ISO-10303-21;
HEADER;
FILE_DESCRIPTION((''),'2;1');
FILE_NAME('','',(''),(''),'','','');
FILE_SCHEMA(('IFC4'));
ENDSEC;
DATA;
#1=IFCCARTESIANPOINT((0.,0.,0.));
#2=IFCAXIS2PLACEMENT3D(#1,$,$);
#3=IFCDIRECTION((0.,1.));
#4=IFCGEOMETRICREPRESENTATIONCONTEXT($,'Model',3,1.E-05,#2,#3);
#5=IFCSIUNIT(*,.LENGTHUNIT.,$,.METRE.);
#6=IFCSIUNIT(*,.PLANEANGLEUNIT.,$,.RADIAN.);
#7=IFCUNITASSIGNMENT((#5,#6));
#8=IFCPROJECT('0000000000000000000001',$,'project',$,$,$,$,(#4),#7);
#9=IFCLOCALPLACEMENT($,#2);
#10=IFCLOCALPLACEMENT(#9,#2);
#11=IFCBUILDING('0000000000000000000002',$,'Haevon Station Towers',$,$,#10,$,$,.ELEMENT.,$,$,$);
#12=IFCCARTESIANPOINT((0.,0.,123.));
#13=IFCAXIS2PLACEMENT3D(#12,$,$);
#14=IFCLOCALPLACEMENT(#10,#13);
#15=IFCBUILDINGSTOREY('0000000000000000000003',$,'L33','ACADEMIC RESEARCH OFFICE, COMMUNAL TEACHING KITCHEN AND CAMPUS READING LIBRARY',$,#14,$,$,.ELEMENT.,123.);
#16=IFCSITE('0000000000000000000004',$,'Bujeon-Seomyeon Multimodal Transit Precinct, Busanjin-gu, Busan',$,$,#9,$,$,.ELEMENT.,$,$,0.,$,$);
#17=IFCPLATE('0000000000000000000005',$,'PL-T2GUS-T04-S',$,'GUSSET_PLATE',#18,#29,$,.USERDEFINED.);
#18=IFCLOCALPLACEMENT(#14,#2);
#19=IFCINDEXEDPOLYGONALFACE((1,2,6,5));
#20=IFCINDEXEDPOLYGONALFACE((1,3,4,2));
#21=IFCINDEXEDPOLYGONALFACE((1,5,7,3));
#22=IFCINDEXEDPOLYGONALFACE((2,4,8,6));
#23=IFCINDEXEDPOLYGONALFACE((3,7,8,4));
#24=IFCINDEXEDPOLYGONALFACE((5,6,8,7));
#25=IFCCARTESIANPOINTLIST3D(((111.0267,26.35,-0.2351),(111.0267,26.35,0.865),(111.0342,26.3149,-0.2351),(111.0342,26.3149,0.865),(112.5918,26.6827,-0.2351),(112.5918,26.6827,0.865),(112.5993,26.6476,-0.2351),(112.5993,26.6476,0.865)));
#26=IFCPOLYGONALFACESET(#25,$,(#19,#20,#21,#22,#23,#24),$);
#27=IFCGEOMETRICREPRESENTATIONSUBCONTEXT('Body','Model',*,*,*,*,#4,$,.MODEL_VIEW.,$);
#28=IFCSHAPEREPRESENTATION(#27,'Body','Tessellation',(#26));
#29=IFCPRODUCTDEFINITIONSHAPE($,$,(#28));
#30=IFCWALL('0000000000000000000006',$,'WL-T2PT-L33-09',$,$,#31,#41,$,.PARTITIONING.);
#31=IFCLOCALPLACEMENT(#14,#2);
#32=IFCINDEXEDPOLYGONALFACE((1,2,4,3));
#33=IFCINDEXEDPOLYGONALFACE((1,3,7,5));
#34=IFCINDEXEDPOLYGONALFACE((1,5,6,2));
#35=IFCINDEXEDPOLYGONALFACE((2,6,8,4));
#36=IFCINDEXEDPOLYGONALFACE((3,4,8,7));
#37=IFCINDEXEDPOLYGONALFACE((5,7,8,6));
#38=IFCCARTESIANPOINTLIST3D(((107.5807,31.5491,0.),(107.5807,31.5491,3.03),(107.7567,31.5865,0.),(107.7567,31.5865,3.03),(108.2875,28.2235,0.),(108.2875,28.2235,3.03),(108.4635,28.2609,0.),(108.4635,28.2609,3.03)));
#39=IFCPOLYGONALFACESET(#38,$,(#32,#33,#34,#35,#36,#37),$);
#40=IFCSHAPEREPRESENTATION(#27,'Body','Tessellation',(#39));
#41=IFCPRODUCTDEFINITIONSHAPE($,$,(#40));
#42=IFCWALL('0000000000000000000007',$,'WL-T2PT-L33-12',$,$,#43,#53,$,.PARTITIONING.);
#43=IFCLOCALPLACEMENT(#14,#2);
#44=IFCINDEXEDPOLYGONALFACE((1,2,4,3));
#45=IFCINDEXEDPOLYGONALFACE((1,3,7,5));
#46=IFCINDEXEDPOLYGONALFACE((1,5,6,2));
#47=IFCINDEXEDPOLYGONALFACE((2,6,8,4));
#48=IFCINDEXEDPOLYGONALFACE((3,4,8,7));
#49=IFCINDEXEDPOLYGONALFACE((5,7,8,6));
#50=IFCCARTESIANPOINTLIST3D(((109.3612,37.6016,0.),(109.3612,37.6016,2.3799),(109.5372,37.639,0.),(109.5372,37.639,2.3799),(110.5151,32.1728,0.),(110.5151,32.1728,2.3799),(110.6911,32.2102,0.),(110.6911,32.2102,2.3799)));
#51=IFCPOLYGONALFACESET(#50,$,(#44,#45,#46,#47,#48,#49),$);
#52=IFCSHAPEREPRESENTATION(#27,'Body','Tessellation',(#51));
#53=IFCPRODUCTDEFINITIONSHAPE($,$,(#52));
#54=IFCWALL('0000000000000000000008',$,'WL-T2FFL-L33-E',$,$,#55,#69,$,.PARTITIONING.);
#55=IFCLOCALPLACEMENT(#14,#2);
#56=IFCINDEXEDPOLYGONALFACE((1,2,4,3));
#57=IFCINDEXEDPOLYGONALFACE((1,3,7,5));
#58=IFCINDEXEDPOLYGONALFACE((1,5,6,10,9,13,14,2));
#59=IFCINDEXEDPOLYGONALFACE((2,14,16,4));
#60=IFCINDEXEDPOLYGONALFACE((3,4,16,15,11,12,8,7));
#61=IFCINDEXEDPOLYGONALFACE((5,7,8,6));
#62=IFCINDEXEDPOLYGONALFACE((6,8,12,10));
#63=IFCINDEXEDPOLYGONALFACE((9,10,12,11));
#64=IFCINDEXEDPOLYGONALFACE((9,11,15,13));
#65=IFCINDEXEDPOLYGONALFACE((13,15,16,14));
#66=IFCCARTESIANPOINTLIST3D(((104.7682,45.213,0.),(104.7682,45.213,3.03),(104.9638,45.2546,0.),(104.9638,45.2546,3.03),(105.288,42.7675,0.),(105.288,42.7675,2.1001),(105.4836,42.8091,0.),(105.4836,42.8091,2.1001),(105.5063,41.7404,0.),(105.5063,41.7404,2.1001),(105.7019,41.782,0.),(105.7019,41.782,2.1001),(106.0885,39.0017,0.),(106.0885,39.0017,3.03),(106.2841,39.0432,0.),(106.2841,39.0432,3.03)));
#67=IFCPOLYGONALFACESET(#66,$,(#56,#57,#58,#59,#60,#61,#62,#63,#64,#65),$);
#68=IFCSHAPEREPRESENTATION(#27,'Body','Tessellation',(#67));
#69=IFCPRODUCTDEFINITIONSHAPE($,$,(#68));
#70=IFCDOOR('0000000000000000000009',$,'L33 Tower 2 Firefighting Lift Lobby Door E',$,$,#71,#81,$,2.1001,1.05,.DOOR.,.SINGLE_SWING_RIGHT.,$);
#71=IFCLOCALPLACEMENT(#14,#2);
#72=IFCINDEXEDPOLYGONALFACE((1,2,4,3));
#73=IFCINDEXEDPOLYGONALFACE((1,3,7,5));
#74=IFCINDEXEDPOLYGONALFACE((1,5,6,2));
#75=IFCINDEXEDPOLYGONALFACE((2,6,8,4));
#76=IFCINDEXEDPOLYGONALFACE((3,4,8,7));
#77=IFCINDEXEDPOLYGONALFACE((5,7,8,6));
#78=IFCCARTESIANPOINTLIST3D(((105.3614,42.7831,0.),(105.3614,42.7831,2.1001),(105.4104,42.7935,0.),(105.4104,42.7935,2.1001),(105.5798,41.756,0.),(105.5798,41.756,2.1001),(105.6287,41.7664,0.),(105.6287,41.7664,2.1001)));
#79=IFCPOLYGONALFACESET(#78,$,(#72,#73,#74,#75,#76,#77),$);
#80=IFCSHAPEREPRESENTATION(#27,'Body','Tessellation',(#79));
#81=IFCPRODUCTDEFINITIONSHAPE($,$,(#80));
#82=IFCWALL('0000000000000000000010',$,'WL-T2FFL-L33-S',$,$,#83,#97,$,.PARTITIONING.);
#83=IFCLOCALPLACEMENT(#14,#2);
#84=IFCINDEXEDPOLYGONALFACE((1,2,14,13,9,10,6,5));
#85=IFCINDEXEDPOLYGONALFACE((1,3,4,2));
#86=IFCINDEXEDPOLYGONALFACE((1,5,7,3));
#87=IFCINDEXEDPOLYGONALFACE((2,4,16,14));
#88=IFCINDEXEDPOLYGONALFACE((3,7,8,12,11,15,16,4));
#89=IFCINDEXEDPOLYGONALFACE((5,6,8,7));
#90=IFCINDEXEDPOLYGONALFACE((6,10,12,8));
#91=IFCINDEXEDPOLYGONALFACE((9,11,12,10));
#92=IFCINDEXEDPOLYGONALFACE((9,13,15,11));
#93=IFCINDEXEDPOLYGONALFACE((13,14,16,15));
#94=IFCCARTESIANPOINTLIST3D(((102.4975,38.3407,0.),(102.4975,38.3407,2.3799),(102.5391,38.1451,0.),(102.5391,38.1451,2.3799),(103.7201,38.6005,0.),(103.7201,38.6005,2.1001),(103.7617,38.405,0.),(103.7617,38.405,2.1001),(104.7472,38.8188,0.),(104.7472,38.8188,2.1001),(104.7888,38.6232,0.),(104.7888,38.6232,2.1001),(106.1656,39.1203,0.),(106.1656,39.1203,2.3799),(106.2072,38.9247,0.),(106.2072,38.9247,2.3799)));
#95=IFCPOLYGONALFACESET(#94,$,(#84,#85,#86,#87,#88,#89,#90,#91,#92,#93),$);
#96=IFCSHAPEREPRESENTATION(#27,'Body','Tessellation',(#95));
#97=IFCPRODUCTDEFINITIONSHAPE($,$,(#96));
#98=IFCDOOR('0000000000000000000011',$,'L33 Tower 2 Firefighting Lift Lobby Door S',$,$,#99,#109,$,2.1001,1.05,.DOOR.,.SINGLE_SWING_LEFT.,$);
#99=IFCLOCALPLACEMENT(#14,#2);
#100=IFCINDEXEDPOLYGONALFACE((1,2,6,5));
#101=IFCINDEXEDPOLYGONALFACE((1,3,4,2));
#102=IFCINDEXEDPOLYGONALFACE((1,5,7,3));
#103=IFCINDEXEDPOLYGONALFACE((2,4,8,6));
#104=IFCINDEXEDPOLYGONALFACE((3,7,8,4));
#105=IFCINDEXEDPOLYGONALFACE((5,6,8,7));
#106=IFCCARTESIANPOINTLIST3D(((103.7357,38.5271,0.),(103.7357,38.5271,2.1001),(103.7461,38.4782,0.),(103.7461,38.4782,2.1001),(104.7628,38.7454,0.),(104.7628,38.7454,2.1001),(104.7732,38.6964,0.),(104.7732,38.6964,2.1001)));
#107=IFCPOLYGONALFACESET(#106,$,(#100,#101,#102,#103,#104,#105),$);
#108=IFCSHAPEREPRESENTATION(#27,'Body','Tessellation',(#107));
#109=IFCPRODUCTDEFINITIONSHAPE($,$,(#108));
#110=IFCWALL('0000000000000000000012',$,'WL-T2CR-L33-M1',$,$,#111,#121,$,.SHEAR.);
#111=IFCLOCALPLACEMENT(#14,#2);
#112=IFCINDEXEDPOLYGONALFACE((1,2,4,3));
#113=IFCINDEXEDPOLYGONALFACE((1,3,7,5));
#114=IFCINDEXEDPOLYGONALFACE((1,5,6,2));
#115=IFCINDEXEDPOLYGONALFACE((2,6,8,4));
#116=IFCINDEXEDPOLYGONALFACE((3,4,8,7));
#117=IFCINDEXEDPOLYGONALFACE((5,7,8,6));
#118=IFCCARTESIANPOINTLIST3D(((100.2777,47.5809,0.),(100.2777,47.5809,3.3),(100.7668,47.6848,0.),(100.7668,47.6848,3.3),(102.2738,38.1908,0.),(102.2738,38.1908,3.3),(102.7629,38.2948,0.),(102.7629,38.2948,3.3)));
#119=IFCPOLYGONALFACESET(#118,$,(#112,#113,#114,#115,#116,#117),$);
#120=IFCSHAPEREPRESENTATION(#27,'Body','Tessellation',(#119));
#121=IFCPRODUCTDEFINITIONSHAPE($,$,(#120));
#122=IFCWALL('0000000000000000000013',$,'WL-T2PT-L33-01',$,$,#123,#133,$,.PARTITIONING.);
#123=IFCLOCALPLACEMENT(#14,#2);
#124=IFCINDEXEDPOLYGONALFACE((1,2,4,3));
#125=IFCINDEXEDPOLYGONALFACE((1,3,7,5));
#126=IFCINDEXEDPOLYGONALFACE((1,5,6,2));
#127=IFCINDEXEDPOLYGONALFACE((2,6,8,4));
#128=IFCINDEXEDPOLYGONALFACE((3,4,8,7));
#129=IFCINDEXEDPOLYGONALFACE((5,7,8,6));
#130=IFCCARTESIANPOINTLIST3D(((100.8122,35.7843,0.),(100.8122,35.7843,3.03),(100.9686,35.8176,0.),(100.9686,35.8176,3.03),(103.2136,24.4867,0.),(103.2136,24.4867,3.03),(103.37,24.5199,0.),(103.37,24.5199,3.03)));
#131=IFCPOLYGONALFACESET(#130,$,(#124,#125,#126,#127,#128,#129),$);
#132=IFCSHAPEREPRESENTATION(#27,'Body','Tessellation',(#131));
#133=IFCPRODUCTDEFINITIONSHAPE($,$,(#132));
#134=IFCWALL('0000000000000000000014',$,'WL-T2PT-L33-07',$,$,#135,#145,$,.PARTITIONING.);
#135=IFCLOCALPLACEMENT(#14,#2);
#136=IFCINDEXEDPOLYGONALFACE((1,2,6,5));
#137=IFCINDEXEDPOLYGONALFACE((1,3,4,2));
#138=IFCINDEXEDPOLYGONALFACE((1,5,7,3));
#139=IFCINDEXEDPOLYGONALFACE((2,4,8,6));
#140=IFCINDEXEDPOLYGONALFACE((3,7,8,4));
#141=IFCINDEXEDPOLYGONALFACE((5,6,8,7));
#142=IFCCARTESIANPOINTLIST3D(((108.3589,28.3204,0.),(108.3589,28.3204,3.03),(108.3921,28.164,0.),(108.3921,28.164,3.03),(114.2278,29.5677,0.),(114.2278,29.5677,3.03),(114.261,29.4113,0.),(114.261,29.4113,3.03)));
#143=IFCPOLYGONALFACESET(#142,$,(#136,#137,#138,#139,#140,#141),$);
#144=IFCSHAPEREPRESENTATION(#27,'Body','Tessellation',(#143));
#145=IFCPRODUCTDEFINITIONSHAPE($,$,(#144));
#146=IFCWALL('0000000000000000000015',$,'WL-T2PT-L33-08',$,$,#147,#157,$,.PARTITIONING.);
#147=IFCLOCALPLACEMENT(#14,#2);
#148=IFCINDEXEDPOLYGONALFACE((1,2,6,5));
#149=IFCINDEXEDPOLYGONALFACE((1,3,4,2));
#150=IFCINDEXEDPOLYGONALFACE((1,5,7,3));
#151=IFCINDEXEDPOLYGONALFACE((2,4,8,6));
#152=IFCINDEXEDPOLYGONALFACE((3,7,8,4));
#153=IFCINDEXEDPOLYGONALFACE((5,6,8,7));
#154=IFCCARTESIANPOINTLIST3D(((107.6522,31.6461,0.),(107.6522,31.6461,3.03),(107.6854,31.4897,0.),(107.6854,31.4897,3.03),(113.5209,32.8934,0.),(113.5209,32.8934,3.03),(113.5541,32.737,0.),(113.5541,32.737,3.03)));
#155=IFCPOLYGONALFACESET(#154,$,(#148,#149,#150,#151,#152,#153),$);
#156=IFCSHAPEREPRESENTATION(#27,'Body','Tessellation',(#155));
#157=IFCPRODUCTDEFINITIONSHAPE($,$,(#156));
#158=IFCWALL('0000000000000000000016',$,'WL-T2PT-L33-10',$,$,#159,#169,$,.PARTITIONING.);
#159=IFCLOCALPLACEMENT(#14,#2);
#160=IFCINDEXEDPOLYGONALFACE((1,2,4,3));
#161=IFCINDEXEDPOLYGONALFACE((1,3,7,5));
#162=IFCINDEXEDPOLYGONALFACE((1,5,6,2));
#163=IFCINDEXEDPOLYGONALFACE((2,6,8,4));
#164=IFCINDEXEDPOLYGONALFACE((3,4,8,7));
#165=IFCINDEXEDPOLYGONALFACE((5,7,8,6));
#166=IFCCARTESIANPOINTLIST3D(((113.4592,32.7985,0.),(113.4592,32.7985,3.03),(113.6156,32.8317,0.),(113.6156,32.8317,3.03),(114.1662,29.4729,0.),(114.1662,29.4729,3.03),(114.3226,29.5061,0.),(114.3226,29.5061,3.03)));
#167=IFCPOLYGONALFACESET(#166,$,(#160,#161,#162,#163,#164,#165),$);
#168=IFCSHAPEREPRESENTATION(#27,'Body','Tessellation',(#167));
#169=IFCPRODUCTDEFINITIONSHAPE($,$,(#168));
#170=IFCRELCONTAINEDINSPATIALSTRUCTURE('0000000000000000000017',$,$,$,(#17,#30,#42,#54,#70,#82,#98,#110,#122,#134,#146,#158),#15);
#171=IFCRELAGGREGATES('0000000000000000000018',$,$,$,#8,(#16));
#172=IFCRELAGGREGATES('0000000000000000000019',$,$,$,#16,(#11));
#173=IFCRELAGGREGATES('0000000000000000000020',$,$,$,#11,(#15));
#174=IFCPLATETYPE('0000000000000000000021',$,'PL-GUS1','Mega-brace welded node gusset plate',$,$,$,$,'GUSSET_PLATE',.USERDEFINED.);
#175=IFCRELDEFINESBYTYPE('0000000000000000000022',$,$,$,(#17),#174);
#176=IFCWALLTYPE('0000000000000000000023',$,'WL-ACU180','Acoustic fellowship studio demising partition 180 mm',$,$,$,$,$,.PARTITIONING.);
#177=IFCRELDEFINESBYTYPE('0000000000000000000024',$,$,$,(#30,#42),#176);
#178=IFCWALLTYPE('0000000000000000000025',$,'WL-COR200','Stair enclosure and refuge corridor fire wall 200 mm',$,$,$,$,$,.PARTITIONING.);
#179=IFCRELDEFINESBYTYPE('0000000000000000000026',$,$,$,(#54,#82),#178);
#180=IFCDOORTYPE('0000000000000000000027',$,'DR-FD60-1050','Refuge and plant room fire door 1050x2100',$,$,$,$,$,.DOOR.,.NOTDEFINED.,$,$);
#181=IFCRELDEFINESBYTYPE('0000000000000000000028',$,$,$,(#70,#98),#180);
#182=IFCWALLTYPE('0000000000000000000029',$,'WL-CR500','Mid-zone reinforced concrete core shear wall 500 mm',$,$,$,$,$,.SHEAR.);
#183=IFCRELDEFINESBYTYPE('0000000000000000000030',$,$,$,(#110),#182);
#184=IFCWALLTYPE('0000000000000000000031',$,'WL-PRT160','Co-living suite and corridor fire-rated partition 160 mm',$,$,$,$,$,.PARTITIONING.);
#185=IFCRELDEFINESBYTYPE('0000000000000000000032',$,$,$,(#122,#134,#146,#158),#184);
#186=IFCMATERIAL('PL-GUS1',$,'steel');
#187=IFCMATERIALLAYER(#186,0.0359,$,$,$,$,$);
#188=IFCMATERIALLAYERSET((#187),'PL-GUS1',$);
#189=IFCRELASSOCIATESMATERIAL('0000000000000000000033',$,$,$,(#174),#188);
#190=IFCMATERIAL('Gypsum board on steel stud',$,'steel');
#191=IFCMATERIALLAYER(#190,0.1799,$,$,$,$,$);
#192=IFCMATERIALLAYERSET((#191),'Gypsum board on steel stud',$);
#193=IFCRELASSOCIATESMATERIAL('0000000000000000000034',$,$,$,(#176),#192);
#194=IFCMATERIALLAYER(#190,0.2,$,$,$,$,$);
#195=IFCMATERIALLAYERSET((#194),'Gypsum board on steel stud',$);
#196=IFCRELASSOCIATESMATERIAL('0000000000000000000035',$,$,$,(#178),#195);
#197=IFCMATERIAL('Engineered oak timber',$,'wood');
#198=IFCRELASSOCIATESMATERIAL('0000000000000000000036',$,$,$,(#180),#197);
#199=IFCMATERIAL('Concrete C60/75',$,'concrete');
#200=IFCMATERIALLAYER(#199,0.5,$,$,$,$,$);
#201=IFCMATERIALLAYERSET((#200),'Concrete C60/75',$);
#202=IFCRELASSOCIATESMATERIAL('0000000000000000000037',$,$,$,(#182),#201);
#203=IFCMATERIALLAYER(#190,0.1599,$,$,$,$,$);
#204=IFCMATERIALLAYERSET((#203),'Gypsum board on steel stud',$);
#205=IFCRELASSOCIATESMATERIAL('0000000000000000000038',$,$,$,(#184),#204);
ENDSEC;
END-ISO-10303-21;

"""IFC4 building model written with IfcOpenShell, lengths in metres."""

from ifc_helpers import new_model, si_unit, direction, frame, frame_2d, origin, origin_2d, place, context, subcontext, project, spatial, rectangle, extrude, material, layer, layer_set, type_object, element, fill, save


model = new_model("IFC4")

# Units and contexts
model_context = context("Model", 3, precision=1e-05, world=origin(), true_north=direction((0.0, 1.0)))
body_context = subcontext(model_context, "Body", "Model", "MODEL_VIEW")
ifc_project = project(units=[si_unit("LENGTHUNIT", "METRE"), si_unit("PLANEANGLEUNIT", "RADIAN")], contexts=[model_context])

# Site, building, storey
site_placement = place(None, origin())
site = spatial("IfcSite", under=ifc_project, at=site_placement, Name="Bujeon-Seomyeon Multimodal Transit Precinct, Busanjin-gu, Busan", CompositionType="ELEMENT", RefElevation=0.0)
building_placement = place(site_placement, origin())
building = spatial("IfcBuilding", under=site, at=building_placement, Name="Haevon Station Towers", CompositionType="ELEMENT")
storey_placement = place(building_placement, frame((0.0, 0.0, 123.0)))
storey = spatial("IfcBuildingStorey", under=building, at=storey_placement, Name="L33", Description="ACADEMIC RESEARCH OFFICE, COMMUNAL TEACHING KITCHEN AND CAMPUS READING LIBRARY", CompositionType="ELEMENT", Elevation=123.0)

# Plate
ifc_material_1 = material(Name="PL-GUS1", Category="steel")
ifc_layer_1 = layer(ifc_material_1, 0.0359)
ifc_layer_set_1 = layer_set([ifc_layer_1], Name="PL-GUS1")
plate_type = type_object("IfcPlateType", Name="PL-GUS1", Description="Mega-brace welded node gusset plate", ElementType="GUSSET_PLATE", PredefinedType="USERDEFINED", material=ifc_layer_set_1)
plate_placement = place(storey_placement, frame((111.813, 26.4988, -0.2351), z_axis=(0.0, 0.0, 1.0), x_axis=(0.978148, 0.207912, 0.0)))
element("IfcPlate", 1, at=plate_placement, inside=storey, type_object=plate_type, Name="PL-T2GUS-T04-S", ObjectType="GUSSET_PLATE", PredefinedType="USERDEFINED", context=body_context, shape_type="SweptSolid", body=[
    extrude(rectangle(XDim=1.6001, YDim=0.0359, at=origin_2d()), origin(), (0.0, 0.0, 1.0), 1.1001),
])

# Walls
ifc_material_2 = material(Name="Gypsum board on steel stud", Category="steel")
ifc_layer_2 = layer(ifc_material_2, 0.1799)
ifc_layer_set_2 = layer_set([ifc_layer_2], Name="Gypsum board on steel stud")
wall_type_1 = type_object("IfcWallType", Name="WL-ACU180", Description="Acoustic fellowship studio demising partition 180 mm", PredefinedType="PARTITIONING", material=ifc_layer_set_2)
wall_1_placement = place(storey_placement, frame((108.3755, 28.2422, 0.0), z_axis=(0.0, 0.0, 1.0), x_axis=(-0.207881, 0.978154, 0.0)))
element("IfcWall", 2, at=wall_1_placement, inside=storey, type_object=wall_type_1, Name="WL-T2PT-L33-09", PredefinedType="PARTITIONING", context=body_context, shape_type="SweptSolid", body=[
    extrude(rectangle(XDim=3.3999, YDim=0.1799, at=frame_2d((1.7, 0.0))), origin(), (0.0, 0.0, 1.0), 3.03),
])
wall_2_placement = place(storey_placement, frame((110.603, 32.1917, 0.0), z_axis=(0.0, 0.0, 1.0), x_axis=(-0.207895, 0.978151, 0.0)))
element("IfcWall", 3, at=wall_2_placement, inside=storey, type_object=wall_type_1, Name="WL-T2PT-L33-12", PredefinedType="PARTITIONING", context=body_context, shape_type="SweptSolid", body=[
    extrude(rectangle(XDim=5.55, YDim=0.1799, at=frame_2d((2.7749, 0.0))), origin(), (0.0, 0.0, 1.0), 2.3799),
])

# Walls, openings, doors
ifc_layer_3 = layer(ifc_material_2, 0.2)
ifc_layer_set_3 = layer_set([ifc_layer_3], Name="Gypsum board on steel stud")
wall_type_2 = type_object("IfcWallType", Name="WL-COR200", Description="Stair enclosure and refuge corridor fire wall 200 mm", PredefinedType="PARTITIONING", material=ifc_layer_set_3)
wall_3_placement = place(storey_placement, frame((106.1863, 39.0225, 0.0), z_axis=(0.0, 0.0, 1.0), x_axis=(-0.207917, 0.978147, 0.0)))
wall_3 = element("IfcWall", 4, at=wall_3_placement, inside=storey, type_object=wall_type_2, Name="WL-T2FFL-L33-E", PredefinedType="PARTITIONING", context=body_context, shape_type="SweptSolid", body=[
    extrude(rectangle(XDim=6.3501, YDim=0.2, at=frame_2d((3.175, 0.0))), origin(), (0.0, 0.0, 1.0), 3.03),
])
opening_1_placement = place(wall_3_placement, frame((2.8, 0.0, 0.0)))
opening_1 = element("IfcOpeningElement", 5, at=opening_1_placement, cuts=wall_3, PredefinedType="OPENING", context=body_context, shape_type="SweptSolid", body=[
    extrude(rectangle(XDim=1.05, YDim=2.1001, at=frame_2d((0.5249, 1.05))), frame((0.0, 0.1099, 0.0), z_axis=(0.0, -1.0, 0.0), x_axis=(1.0, 0.0, 0.0)), (0.0, 0.0, 1.0), 0.22),
])
ifc_material_3 = material(Name="Engineered oak timber", Category="wood")
door_type = type_object("IfcDoorType", Name="DR-FD60-1050", Description="Refuge and plant room fire door 1050x2100", OperationType="NOTDEFINED", PredefinedType="DOOR", material=ifc_material_3)
door_1_placement = place(opening_1_placement, origin())
door_1 = element("IfcDoor", 6, at=door_1_placement, inside=storey, type_object=door_type, Name="L33 Tower 2 Firefighting Lift Lobby Door E", OperationType="SINGLE_SWING_RIGHT", OverallHeight=2.1001, OverallWidth=1.05, PredefinedType="DOOR", context=body_context, shape_type="SweptSolid", body=[
    extrude(rectangle(XDim=1.05, YDim=2.1001, at=frame_2d((0.5249, 1.05))), frame((0.0, 0.0249, 0.0), z_axis=(0.0, -1.0, 0.0), x_axis=(1.0, 0.0, 0.0)), (0.0, 0.0, 1.0), 0.05),
])
fill(opening_1, door_1)
wall_4_placement = place(storey_placement, frame((102.5183, 38.2429, 0.0), z_axis=(0.0, 0.0, 1.0), x_axis=(0.978154, 0.207884, 0.0)))
wall_4 = element("IfcWall", 7, at=wall_4_placement, inside=storey, type_object=wall_type_2, Name="WL-T2FFL-L33-S", PredefinedType="PARTITIONING", context=body_context, shape_type="SweptSolid", body=[
    extrude(rectangle(XDim=3.75, YDim=0.2, at=frame_2d((1.875, 0.0))), origin(), (0.0, 0.0, 1.0), 2.3799),
])
opening_2_placement = place(wall_4_placement, frame((1.25, 0.0, 0.0)))
opening_2 = element("IfcOpeningElement", 8, at=opening_2_placement, cuts=wall_4, PredefinedType="OPENING", context=body_context, shape_type="SweptSolid", body=[
    extrude(rectangle(XDim=1.05, YDim=2.1001, at=frame_2d((0.5249, 1.05))), frame((0.0, 0.1099, 0.0), z_axis=(0.0, -1.0, 0.0), x_axis=(1.0, 0.0, 0.0)), (0.0, 0.0, 1.0), 0.22),
])
door_2_placement = place(opening_2_placement, origin())
door_2 = element("IfcDoor", 9, at=door_2_placement, inside=storey, type_object=door_type, Name="L33 Tower 2 Firefighting Lift Lobby Door S", OperationType="SINGLE_SWING_LEFT", OverallHeight=2.1001, OverallWidth=1.05, PredefinedType="DOOR", context=body_context, shape_type="SweptSolid", body=[
    extrude(rectangle(XDim=1.05, YDim=2.1001, at=frame_2d((0.5249, 1.05))), frame((0.0, 0.0249, 0.0), z_axis=(0.0, -1.0, 0.0), x_axis=(1.0, 0.0, 0.0)), (0.0, 0.0, 1.0), 0.05),
])
fill(opening_2, door_2)

# Walls
ifc_material_4 = material(Name="Concrete C60/75", Category="concrete")
ifc_layer_4 = layer(ifc_material_4, 0.5)
ifc_layer_set_4 = layer_set([ifc_layer_4], Name="Concrete C60/75")
wall_type_3 = type_object("IfcWallType", Name="WL-CR500", Description="Mid-zone reinforced concrete core shear wall 500 mm", PredefinedType="SHEAR", material=ifc_layer_set_4)
wall_5_placement = place(storey_placement, frame((102.5183, 38.2429, 0.0), z_axis=(0.0, 0.0, 1.0), x_axis=(-0.207927, 0.978144, 0.0)))
element("IfcWall", 10, at=wall_5_placement, inside=storey, type_object=wall_type_3, Name="WL-T2CR-L33-M1", PredefinedType="SHEAR", context=body_context, shape_type="SweptSolid", body=[
    extrude(rectangle(XDim=9.5999, YDim=0.5, at=frame_2d((4.7998, 0.0))), origin(), (0.0, 0.0, 1.0), 3.3),
])
ifc_layer_5 = layer(ifc_material_2, 0.1599)
ifc_layer_set_5 = layer_set([ifc_layer_5], Name="Gypsum board on steel stud")
wall_type_4 = type_object("IfcWallType", Name="WL-PRT160", Description="Co-living suite and corridor fire-rated partition 160 mm", PredefinedType="PARTITIONING", material=ifc_layer_set_5)
wall_6_placement = place(storey_placement, frame((103.2917, 24.5034, 0.0), z_axis=(0.0, 0.0, 1.0), x_axis=(-0.207911, 0.978148, 0.0)))
element("IfcWall", 11, at=wall_6_placement, inside=storey, type_object=wall_type_4, Name="WL-T2PT-L33-01", PredefinedType="PARTITIONING", context=body_context, shape_type="SweptSolid", body=[
    extrude(rectangle(XDim=11.55, YDim=0.1599, at=frame_2d((5.7749, 0.0))), origin(), (0.0, 0.0, 1.0), 3.03),
])
wall_7_placement = place(storey_placement, frame((108.3755, 28.2422, 0.0), z_axis=(0.0, 0.0, 1.0), x_axis=(0.978153, 0.207886, 0.0)))
element("IfcWall", 12, at=wall_7_placement, inside=storey, type_object=wall_type_4, Name="WL-T2PT-L33-07", PredefinedType="PARTITIONING", context=body_context, shape_type="SweptSolid", body=[
    extrude(rectangle(XDim=6.0, YDim=0.1599, at=frame_2d((3.0, 0.0))), origin(), (0.0, 0.0, 1.0), 3.03),
])
wall_8_placement = place(storey_placement, frame((107.6687, 31.5679, 0.0), z_axis=(0.0, 0.0, 1.0), x_axis=(0.978151, 0.207895, 0.0)))
element("IfcWall", 13, at=wall_8_placement, inside=storey, type_object=wall_type_4, Name="WL-T2PT-L33-08", PredefinedType="PARTITIONING", context=body_context, shape_type="SweptSolid", body=[
    extrude(rectangle(XDim=5.9998, YDim=0.1599, at=frame_2d((3.0, 0.0))), origin(), (0.0, 0.0, 1.0), 3.03),
])
wall_9_placement = place(storey_placement, frame((114.2444, 29.4895, 0.0), z_axis=(0.0, 0.0, 1.0), x_axis=(-0.20795, 0.97814, 0.0)))
element("IfcWall", 14, at=wall_9_placement, inside=storey, type_object=wall_type_4, Name="WL-T2PT-L33-10", PredefinedType="PARTITIONING", context=body_context, shape_type="SweptSolid", body=[
    extrude(rectangle(XDim=3.3999, YDim=0.1599, at=frame_2d((1.7, 0.0))), origin(), (0.0, 0.0, 1.0), 3.03),
])

save(model, "model.ifc")
